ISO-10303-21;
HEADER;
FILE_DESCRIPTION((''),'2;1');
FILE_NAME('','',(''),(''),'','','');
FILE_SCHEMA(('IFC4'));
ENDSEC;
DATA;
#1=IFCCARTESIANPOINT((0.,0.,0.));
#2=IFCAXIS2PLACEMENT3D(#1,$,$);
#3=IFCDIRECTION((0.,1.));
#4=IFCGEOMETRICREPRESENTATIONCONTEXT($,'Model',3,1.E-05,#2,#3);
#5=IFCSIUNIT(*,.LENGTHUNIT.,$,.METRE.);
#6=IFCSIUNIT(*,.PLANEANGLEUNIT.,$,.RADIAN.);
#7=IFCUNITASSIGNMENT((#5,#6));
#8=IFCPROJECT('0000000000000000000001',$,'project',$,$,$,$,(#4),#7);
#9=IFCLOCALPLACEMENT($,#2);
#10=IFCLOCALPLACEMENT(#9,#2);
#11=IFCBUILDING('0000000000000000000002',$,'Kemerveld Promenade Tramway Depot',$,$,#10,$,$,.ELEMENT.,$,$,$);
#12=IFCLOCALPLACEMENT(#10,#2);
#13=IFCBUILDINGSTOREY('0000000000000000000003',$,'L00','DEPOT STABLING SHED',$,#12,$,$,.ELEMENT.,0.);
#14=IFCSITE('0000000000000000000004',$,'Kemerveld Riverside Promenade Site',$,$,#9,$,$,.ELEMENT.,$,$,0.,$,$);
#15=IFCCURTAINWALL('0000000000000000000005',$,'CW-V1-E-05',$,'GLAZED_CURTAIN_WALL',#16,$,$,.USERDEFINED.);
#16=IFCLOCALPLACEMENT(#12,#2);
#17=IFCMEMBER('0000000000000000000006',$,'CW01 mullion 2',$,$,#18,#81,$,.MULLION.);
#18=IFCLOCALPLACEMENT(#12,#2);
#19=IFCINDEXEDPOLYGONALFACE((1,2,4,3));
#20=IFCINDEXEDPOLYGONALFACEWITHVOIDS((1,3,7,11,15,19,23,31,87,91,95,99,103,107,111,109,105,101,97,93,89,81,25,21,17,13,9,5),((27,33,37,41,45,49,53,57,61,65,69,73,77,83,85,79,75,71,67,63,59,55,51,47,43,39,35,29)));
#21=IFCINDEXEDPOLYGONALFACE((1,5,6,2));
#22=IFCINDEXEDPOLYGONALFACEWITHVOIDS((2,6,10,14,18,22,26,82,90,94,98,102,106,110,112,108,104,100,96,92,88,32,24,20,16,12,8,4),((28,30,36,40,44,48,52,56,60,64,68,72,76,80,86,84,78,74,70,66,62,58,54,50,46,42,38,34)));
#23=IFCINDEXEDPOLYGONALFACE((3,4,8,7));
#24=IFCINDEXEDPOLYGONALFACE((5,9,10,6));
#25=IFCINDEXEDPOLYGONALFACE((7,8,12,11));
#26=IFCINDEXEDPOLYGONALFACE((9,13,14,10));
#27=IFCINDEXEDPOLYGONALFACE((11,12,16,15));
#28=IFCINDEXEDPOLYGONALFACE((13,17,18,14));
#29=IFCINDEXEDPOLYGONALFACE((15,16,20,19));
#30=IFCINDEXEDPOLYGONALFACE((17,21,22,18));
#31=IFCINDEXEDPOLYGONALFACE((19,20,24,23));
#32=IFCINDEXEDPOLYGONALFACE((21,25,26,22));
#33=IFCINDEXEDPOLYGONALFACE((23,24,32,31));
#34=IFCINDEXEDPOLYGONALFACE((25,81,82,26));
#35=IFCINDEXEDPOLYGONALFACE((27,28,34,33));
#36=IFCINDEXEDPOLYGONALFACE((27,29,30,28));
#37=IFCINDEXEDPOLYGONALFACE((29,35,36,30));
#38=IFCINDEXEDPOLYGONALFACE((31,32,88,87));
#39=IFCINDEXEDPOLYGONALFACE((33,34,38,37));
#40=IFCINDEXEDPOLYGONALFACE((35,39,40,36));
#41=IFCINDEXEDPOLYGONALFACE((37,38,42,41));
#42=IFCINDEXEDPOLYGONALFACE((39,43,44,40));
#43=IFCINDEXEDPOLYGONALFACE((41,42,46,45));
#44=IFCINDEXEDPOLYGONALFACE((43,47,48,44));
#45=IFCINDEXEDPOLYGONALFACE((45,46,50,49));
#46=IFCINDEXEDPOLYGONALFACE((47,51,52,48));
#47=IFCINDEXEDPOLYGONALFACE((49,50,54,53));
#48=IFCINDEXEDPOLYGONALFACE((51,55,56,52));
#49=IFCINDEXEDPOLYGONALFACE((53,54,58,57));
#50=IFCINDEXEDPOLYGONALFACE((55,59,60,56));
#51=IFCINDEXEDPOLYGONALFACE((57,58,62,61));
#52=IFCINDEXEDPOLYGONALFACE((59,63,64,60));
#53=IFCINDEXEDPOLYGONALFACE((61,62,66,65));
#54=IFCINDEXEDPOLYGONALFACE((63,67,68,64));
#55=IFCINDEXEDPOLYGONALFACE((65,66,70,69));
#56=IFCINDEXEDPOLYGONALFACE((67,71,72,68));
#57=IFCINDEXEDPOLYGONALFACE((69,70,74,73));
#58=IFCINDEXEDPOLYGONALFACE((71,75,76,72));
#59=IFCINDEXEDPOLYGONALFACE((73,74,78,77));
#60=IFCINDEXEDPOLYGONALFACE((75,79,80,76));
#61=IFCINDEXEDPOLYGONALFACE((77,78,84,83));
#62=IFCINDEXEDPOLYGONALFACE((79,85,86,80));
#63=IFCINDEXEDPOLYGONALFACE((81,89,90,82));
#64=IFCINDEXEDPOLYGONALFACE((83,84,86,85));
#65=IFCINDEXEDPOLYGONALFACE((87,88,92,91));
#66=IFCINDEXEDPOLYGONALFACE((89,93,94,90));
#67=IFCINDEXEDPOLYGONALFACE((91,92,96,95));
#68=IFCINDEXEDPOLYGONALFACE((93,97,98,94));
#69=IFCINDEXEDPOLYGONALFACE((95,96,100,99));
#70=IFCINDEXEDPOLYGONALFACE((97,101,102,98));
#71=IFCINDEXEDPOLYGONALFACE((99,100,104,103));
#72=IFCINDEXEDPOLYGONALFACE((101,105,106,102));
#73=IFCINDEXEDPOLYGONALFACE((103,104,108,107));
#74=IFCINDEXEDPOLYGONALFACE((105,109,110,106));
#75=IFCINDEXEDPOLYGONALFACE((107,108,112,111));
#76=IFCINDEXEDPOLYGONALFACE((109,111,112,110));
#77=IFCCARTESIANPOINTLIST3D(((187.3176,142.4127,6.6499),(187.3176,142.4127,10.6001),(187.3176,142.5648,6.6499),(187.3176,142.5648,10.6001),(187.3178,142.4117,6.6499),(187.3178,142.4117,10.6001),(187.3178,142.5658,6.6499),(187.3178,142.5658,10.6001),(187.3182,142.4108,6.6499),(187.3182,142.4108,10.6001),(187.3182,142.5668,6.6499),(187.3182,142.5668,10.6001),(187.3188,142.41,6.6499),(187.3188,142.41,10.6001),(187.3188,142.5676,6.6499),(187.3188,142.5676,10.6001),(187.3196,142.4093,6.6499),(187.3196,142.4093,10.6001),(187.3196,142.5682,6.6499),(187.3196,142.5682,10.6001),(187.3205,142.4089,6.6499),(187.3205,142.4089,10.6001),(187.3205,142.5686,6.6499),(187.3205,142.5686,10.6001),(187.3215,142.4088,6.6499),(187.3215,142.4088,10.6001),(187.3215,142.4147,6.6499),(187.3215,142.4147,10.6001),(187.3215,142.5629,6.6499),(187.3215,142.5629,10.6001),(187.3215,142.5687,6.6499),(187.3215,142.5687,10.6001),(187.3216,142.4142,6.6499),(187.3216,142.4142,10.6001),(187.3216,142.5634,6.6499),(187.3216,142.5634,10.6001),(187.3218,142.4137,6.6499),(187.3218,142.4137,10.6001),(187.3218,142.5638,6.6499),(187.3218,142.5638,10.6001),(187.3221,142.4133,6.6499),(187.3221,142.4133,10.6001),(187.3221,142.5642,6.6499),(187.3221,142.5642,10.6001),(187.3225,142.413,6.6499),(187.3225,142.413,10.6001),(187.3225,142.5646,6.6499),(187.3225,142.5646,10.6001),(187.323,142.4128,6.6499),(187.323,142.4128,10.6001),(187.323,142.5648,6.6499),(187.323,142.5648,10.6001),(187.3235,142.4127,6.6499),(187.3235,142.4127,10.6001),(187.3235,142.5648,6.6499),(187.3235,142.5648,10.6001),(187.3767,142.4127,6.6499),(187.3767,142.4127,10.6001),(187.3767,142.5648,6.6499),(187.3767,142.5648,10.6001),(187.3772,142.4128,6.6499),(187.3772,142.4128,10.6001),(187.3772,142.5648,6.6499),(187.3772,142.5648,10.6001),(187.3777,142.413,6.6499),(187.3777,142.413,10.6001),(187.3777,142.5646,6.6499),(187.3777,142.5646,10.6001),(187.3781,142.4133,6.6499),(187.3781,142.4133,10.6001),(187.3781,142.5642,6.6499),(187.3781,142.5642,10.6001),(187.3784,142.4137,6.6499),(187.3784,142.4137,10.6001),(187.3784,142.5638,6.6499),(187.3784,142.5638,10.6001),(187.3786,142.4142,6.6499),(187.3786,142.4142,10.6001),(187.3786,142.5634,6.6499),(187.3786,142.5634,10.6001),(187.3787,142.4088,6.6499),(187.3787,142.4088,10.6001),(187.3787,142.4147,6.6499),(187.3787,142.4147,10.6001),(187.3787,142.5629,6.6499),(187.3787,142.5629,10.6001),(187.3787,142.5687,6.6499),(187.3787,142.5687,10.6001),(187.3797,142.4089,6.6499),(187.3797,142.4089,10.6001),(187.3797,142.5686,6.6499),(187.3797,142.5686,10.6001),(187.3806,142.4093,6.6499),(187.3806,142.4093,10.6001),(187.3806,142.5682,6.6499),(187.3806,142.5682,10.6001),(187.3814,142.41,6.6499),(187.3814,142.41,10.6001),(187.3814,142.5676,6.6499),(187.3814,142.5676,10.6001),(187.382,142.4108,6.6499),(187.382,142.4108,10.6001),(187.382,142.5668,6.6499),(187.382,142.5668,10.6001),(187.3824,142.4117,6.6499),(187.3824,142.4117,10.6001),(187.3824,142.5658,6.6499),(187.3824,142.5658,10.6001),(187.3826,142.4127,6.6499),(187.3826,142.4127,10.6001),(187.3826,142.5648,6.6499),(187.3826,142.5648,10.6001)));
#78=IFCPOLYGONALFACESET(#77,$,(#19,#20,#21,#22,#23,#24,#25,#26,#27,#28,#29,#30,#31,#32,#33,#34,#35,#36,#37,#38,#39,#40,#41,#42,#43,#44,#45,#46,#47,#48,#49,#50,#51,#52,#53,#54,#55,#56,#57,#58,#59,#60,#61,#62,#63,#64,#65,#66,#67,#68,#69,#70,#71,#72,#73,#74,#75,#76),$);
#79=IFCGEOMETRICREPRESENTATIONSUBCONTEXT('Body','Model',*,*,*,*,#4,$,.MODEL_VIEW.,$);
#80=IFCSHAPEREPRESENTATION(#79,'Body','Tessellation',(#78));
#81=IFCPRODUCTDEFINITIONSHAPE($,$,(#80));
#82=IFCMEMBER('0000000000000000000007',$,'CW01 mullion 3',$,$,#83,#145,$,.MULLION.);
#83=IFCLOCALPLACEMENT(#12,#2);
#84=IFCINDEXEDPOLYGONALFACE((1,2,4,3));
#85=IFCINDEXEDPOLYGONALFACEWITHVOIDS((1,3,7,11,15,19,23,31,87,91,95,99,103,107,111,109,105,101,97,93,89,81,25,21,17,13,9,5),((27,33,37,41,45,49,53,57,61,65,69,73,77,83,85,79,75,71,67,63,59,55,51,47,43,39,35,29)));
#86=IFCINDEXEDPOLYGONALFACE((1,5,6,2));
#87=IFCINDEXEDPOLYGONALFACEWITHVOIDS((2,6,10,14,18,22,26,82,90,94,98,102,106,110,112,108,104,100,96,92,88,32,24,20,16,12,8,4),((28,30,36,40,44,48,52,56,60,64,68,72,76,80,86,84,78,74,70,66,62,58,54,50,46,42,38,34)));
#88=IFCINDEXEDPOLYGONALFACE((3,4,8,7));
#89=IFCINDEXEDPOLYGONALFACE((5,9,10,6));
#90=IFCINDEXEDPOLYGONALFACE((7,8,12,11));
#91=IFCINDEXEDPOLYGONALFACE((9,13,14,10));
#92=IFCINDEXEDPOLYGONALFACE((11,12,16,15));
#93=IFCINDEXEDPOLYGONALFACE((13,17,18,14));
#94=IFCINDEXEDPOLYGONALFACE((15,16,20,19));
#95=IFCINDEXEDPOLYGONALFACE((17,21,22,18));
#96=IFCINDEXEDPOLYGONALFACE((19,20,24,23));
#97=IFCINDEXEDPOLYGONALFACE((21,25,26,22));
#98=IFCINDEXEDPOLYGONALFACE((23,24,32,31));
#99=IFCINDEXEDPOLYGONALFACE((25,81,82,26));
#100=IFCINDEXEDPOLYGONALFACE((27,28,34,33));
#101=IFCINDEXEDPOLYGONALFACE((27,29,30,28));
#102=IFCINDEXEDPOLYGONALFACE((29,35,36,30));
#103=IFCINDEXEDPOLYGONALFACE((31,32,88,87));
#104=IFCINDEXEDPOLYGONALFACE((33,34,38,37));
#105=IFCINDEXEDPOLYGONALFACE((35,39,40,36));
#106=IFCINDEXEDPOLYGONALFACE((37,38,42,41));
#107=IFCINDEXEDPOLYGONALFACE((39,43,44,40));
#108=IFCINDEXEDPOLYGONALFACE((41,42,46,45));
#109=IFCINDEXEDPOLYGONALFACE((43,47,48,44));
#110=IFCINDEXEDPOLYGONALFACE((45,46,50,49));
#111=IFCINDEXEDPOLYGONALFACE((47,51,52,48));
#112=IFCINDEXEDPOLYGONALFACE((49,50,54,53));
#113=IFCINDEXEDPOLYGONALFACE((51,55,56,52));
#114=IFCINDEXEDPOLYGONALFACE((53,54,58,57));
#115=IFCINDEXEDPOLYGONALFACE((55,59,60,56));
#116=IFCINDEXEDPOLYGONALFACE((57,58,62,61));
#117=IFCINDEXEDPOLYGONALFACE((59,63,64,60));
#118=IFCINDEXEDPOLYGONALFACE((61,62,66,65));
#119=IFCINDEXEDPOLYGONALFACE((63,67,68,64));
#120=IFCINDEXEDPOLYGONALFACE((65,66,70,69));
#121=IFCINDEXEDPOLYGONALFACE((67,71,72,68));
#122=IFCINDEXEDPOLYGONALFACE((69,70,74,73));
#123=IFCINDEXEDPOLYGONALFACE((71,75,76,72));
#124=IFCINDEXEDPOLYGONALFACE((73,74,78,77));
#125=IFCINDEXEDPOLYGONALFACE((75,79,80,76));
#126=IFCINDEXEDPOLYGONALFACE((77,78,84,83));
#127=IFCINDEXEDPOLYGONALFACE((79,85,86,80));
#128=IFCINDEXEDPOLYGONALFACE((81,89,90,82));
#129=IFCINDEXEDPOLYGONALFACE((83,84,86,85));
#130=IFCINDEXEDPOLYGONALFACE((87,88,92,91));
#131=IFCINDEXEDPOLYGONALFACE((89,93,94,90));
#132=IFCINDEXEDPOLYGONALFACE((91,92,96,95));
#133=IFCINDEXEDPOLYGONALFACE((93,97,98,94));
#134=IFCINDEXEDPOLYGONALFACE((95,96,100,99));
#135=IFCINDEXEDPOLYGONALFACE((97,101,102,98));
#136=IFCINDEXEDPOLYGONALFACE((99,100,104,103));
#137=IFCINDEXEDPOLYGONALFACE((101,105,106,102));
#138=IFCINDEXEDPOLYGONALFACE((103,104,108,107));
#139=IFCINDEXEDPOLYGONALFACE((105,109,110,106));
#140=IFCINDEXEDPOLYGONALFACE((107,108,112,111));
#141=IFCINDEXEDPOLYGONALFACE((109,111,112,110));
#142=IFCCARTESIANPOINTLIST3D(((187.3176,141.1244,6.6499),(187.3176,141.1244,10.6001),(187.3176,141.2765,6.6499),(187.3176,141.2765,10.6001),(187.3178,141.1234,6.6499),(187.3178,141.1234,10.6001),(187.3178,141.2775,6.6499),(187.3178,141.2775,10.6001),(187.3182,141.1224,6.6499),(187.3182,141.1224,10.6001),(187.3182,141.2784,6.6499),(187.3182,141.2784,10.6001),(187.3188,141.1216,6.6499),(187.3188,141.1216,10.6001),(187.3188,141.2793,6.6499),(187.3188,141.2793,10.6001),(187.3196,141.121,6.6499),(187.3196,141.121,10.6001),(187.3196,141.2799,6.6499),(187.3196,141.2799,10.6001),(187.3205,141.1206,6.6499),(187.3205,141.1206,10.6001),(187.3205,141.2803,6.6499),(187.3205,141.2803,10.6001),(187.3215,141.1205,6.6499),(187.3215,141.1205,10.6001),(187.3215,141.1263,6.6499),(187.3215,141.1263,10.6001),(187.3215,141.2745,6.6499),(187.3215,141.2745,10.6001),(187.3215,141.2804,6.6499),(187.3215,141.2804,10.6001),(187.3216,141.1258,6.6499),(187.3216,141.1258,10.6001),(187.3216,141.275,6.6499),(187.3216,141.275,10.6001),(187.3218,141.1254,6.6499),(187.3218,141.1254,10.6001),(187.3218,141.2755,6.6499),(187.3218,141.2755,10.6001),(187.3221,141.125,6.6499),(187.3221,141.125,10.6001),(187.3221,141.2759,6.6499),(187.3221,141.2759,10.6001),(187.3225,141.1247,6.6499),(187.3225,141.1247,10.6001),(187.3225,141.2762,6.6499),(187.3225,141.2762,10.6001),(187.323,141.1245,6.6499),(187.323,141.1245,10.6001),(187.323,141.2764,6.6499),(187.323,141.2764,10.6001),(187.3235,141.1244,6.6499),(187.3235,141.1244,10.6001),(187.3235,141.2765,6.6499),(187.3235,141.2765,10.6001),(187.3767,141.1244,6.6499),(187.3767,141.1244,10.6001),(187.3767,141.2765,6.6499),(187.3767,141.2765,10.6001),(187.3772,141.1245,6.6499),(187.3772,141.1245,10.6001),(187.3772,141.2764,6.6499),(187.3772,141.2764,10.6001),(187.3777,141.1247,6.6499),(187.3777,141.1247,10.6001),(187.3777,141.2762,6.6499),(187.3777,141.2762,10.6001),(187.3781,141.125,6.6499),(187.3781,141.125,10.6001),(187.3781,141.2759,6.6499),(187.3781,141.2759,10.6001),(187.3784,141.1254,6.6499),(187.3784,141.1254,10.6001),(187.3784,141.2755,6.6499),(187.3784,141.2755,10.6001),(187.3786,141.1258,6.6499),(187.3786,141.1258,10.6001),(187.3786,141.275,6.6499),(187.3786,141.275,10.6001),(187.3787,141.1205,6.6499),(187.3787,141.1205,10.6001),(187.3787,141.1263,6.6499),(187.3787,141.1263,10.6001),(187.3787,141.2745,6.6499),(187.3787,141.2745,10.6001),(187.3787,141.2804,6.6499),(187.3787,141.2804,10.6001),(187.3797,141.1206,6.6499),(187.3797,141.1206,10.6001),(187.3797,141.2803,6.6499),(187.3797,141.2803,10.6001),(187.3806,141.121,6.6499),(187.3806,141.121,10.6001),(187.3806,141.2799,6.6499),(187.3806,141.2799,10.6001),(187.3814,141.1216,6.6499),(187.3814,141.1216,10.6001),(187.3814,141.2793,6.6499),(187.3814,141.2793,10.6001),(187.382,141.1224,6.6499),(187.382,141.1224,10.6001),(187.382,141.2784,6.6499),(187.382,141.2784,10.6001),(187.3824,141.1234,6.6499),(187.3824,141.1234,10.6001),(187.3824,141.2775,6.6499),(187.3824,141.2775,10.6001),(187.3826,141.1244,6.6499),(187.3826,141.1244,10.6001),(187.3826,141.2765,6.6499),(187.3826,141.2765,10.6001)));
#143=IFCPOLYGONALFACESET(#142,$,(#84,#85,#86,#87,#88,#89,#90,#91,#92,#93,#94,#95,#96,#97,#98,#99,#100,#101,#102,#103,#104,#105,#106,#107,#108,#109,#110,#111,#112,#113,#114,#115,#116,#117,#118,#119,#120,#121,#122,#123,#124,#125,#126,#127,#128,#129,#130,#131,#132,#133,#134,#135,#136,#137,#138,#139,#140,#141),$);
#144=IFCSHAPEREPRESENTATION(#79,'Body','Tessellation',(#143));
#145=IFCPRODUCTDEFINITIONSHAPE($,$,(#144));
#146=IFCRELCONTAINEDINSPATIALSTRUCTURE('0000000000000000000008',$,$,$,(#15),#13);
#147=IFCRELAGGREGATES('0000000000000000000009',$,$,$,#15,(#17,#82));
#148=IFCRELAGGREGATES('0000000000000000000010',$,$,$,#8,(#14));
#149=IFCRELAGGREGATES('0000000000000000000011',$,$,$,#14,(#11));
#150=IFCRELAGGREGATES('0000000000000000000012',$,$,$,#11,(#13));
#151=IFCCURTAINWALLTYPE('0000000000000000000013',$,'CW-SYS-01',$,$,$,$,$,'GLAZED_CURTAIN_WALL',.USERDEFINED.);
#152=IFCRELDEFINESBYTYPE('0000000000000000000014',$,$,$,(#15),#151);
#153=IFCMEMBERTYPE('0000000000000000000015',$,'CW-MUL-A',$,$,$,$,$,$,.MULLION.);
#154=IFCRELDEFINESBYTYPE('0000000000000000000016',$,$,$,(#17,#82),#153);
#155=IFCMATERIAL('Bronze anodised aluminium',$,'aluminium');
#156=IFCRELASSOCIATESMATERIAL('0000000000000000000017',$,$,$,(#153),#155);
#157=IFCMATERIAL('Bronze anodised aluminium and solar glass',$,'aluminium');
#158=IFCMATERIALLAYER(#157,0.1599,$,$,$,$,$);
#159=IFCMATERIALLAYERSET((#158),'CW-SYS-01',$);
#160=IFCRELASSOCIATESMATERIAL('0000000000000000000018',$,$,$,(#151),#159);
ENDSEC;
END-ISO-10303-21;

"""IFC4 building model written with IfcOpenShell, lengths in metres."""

from ifc_helpers import new_model, si_unit, direction, frame, origin, origin_2d, place, context, subcontext, project, spatial, hollow_rectangle, extrude, material, layer, layer_set, material_profile, profile_set, type_object, element, aggregate, save


model = new_model("IFC4")

# Units and contexts
model_context = context("Model", 3, precision=1e-05, world=origin(), true_north=direction((0.0, 1.0)))
body_context = subcontext(model_context, "Body", "Model", "MODEL_VIEW")
ifc_project = project(units=[si_unit("LENGTHUNIT", "METRE"), si_unit("PLANEANGLEUNIT", "RADIAN")], contexts=[model_context])

# Site, building, storey
site_placement = place(None, origin())
site = spatial("IfcSite", under=ifc_project, at=site_placement, Name="Kemerveld Riverside Promenade Site", CompositionType="ELEMENT", RefElevation=0.0)
building_placement = place(site_placement, origin())
building = spatial("IfcBuilding", under=site, at=building_placement, Name="Kemerveld Promenade Tramway Depot", CompositionType="ELEMENT")
storey_placement = place(building_placement, origin())
storey = spatial("IfcBuildingStorey", under=building, at=storey_placement, Name="L00", Description="DEPOT STABLING SHED", CompositionType="ELEMENT", Elevation=0.0)

# Curtain wall, members
ifc_material_1 = material(Name="Bronze anodised aluminium and solar glass", Category="aluminium")
ifc_material_2 = material(Name="Bronze anodised aluminium", Category="aluminium")
ifc_material_profile_1 = material_profile(ifc_material_2, hollow_rectangle(XDim=0.0649, YDim=0.1599, WallThickness=0.0039, InnerFilletRadius=0.002, OuterFilletRadius=0.0039, at=origin_2d()), Name="CW-MUL-160x65")
ifc_profile_set_1 = profile_set([ifc_material_profile_1], Name="Bronze anodised aluminium")
member_type_1 = type_object("IfcMemberType", Name="CW-MUL-A", PredefinedType="MULLION", material=ifc_profile_set_1)
ifc_layer_1 = layer(ifc_material_1, 0.1599)
ifc_layer_set_1 = layer_set([ifc_layer_1], Name="CW-SYS-01")
curtain_wall_type_1 = type_object("IfcCurtainWallType", Name="CW-SYS-01", ElementType="GLAZED_CURTAIN_WALL", PredefinedType="USERDEFINED", material=ifc_layer_set_1)
curtain_wall_1_placement = place(storey_placement, origin())
curtain_wall_1 = element("IfcCurtainWall", 1, at=curtain_wall_1_placement, inside=storey, type_object=curtain_wall_type_1, Name="CW-V1-E-05", ObjectType="GLAZED_CURTAIN_WALL", PredefinedType="USERDEFINED")
member_1_placement = place(storey_placement, frame((187.3501, 142.4888, 6.6499), z_axis=(0.0, 0.0, 1.0), x_axis=(1.0, 0.0, 0.0)))
member_1 = element("IfcMember", 2, at=member_1_placement, type_object=member_type_1, Name="CW01 mullion 2", PredefinedType="MULLION", context=body_context, shape_type="SweptSolid", body=[
    extrude(hollow_rectangle(XDim=0.0649, YDim=0.1599, WallThickness=0.0039, InnerFilletRadius=0.002, OuterFilletRadius=0.0039, at=origin_2d()), origin(), (0.0, 0.0, 1.0), 3.9502),
])
member_2_placement = place(storey_placement, frame((187.3501, 141.2004, 6.6499), z_axis=(0.0, 0.0, 1.0), x_axis=(1.0, 0.0, 0.0)))
member_2 = element("IfcMember", 3, at=member_2_placement, type_object=member_type_1, Name="CW01 mullion 3", PredefinedType="MULLION", context=body_context, shape_type="SweptSolid", body=[
    extrude(hollow_rectangle(XDim=0.0649, YDim=0.1599, WallThickness=0.0039, InnerFilletRadius=0.002, OuterFilletRadius=0.0039, at=origin_2d()), origin(), (0.0, 0.0, 1.0), 3.9502),
])

aggregate(curtain_wall_1, [member_1, member_2])

save(model, "model.ifc")
